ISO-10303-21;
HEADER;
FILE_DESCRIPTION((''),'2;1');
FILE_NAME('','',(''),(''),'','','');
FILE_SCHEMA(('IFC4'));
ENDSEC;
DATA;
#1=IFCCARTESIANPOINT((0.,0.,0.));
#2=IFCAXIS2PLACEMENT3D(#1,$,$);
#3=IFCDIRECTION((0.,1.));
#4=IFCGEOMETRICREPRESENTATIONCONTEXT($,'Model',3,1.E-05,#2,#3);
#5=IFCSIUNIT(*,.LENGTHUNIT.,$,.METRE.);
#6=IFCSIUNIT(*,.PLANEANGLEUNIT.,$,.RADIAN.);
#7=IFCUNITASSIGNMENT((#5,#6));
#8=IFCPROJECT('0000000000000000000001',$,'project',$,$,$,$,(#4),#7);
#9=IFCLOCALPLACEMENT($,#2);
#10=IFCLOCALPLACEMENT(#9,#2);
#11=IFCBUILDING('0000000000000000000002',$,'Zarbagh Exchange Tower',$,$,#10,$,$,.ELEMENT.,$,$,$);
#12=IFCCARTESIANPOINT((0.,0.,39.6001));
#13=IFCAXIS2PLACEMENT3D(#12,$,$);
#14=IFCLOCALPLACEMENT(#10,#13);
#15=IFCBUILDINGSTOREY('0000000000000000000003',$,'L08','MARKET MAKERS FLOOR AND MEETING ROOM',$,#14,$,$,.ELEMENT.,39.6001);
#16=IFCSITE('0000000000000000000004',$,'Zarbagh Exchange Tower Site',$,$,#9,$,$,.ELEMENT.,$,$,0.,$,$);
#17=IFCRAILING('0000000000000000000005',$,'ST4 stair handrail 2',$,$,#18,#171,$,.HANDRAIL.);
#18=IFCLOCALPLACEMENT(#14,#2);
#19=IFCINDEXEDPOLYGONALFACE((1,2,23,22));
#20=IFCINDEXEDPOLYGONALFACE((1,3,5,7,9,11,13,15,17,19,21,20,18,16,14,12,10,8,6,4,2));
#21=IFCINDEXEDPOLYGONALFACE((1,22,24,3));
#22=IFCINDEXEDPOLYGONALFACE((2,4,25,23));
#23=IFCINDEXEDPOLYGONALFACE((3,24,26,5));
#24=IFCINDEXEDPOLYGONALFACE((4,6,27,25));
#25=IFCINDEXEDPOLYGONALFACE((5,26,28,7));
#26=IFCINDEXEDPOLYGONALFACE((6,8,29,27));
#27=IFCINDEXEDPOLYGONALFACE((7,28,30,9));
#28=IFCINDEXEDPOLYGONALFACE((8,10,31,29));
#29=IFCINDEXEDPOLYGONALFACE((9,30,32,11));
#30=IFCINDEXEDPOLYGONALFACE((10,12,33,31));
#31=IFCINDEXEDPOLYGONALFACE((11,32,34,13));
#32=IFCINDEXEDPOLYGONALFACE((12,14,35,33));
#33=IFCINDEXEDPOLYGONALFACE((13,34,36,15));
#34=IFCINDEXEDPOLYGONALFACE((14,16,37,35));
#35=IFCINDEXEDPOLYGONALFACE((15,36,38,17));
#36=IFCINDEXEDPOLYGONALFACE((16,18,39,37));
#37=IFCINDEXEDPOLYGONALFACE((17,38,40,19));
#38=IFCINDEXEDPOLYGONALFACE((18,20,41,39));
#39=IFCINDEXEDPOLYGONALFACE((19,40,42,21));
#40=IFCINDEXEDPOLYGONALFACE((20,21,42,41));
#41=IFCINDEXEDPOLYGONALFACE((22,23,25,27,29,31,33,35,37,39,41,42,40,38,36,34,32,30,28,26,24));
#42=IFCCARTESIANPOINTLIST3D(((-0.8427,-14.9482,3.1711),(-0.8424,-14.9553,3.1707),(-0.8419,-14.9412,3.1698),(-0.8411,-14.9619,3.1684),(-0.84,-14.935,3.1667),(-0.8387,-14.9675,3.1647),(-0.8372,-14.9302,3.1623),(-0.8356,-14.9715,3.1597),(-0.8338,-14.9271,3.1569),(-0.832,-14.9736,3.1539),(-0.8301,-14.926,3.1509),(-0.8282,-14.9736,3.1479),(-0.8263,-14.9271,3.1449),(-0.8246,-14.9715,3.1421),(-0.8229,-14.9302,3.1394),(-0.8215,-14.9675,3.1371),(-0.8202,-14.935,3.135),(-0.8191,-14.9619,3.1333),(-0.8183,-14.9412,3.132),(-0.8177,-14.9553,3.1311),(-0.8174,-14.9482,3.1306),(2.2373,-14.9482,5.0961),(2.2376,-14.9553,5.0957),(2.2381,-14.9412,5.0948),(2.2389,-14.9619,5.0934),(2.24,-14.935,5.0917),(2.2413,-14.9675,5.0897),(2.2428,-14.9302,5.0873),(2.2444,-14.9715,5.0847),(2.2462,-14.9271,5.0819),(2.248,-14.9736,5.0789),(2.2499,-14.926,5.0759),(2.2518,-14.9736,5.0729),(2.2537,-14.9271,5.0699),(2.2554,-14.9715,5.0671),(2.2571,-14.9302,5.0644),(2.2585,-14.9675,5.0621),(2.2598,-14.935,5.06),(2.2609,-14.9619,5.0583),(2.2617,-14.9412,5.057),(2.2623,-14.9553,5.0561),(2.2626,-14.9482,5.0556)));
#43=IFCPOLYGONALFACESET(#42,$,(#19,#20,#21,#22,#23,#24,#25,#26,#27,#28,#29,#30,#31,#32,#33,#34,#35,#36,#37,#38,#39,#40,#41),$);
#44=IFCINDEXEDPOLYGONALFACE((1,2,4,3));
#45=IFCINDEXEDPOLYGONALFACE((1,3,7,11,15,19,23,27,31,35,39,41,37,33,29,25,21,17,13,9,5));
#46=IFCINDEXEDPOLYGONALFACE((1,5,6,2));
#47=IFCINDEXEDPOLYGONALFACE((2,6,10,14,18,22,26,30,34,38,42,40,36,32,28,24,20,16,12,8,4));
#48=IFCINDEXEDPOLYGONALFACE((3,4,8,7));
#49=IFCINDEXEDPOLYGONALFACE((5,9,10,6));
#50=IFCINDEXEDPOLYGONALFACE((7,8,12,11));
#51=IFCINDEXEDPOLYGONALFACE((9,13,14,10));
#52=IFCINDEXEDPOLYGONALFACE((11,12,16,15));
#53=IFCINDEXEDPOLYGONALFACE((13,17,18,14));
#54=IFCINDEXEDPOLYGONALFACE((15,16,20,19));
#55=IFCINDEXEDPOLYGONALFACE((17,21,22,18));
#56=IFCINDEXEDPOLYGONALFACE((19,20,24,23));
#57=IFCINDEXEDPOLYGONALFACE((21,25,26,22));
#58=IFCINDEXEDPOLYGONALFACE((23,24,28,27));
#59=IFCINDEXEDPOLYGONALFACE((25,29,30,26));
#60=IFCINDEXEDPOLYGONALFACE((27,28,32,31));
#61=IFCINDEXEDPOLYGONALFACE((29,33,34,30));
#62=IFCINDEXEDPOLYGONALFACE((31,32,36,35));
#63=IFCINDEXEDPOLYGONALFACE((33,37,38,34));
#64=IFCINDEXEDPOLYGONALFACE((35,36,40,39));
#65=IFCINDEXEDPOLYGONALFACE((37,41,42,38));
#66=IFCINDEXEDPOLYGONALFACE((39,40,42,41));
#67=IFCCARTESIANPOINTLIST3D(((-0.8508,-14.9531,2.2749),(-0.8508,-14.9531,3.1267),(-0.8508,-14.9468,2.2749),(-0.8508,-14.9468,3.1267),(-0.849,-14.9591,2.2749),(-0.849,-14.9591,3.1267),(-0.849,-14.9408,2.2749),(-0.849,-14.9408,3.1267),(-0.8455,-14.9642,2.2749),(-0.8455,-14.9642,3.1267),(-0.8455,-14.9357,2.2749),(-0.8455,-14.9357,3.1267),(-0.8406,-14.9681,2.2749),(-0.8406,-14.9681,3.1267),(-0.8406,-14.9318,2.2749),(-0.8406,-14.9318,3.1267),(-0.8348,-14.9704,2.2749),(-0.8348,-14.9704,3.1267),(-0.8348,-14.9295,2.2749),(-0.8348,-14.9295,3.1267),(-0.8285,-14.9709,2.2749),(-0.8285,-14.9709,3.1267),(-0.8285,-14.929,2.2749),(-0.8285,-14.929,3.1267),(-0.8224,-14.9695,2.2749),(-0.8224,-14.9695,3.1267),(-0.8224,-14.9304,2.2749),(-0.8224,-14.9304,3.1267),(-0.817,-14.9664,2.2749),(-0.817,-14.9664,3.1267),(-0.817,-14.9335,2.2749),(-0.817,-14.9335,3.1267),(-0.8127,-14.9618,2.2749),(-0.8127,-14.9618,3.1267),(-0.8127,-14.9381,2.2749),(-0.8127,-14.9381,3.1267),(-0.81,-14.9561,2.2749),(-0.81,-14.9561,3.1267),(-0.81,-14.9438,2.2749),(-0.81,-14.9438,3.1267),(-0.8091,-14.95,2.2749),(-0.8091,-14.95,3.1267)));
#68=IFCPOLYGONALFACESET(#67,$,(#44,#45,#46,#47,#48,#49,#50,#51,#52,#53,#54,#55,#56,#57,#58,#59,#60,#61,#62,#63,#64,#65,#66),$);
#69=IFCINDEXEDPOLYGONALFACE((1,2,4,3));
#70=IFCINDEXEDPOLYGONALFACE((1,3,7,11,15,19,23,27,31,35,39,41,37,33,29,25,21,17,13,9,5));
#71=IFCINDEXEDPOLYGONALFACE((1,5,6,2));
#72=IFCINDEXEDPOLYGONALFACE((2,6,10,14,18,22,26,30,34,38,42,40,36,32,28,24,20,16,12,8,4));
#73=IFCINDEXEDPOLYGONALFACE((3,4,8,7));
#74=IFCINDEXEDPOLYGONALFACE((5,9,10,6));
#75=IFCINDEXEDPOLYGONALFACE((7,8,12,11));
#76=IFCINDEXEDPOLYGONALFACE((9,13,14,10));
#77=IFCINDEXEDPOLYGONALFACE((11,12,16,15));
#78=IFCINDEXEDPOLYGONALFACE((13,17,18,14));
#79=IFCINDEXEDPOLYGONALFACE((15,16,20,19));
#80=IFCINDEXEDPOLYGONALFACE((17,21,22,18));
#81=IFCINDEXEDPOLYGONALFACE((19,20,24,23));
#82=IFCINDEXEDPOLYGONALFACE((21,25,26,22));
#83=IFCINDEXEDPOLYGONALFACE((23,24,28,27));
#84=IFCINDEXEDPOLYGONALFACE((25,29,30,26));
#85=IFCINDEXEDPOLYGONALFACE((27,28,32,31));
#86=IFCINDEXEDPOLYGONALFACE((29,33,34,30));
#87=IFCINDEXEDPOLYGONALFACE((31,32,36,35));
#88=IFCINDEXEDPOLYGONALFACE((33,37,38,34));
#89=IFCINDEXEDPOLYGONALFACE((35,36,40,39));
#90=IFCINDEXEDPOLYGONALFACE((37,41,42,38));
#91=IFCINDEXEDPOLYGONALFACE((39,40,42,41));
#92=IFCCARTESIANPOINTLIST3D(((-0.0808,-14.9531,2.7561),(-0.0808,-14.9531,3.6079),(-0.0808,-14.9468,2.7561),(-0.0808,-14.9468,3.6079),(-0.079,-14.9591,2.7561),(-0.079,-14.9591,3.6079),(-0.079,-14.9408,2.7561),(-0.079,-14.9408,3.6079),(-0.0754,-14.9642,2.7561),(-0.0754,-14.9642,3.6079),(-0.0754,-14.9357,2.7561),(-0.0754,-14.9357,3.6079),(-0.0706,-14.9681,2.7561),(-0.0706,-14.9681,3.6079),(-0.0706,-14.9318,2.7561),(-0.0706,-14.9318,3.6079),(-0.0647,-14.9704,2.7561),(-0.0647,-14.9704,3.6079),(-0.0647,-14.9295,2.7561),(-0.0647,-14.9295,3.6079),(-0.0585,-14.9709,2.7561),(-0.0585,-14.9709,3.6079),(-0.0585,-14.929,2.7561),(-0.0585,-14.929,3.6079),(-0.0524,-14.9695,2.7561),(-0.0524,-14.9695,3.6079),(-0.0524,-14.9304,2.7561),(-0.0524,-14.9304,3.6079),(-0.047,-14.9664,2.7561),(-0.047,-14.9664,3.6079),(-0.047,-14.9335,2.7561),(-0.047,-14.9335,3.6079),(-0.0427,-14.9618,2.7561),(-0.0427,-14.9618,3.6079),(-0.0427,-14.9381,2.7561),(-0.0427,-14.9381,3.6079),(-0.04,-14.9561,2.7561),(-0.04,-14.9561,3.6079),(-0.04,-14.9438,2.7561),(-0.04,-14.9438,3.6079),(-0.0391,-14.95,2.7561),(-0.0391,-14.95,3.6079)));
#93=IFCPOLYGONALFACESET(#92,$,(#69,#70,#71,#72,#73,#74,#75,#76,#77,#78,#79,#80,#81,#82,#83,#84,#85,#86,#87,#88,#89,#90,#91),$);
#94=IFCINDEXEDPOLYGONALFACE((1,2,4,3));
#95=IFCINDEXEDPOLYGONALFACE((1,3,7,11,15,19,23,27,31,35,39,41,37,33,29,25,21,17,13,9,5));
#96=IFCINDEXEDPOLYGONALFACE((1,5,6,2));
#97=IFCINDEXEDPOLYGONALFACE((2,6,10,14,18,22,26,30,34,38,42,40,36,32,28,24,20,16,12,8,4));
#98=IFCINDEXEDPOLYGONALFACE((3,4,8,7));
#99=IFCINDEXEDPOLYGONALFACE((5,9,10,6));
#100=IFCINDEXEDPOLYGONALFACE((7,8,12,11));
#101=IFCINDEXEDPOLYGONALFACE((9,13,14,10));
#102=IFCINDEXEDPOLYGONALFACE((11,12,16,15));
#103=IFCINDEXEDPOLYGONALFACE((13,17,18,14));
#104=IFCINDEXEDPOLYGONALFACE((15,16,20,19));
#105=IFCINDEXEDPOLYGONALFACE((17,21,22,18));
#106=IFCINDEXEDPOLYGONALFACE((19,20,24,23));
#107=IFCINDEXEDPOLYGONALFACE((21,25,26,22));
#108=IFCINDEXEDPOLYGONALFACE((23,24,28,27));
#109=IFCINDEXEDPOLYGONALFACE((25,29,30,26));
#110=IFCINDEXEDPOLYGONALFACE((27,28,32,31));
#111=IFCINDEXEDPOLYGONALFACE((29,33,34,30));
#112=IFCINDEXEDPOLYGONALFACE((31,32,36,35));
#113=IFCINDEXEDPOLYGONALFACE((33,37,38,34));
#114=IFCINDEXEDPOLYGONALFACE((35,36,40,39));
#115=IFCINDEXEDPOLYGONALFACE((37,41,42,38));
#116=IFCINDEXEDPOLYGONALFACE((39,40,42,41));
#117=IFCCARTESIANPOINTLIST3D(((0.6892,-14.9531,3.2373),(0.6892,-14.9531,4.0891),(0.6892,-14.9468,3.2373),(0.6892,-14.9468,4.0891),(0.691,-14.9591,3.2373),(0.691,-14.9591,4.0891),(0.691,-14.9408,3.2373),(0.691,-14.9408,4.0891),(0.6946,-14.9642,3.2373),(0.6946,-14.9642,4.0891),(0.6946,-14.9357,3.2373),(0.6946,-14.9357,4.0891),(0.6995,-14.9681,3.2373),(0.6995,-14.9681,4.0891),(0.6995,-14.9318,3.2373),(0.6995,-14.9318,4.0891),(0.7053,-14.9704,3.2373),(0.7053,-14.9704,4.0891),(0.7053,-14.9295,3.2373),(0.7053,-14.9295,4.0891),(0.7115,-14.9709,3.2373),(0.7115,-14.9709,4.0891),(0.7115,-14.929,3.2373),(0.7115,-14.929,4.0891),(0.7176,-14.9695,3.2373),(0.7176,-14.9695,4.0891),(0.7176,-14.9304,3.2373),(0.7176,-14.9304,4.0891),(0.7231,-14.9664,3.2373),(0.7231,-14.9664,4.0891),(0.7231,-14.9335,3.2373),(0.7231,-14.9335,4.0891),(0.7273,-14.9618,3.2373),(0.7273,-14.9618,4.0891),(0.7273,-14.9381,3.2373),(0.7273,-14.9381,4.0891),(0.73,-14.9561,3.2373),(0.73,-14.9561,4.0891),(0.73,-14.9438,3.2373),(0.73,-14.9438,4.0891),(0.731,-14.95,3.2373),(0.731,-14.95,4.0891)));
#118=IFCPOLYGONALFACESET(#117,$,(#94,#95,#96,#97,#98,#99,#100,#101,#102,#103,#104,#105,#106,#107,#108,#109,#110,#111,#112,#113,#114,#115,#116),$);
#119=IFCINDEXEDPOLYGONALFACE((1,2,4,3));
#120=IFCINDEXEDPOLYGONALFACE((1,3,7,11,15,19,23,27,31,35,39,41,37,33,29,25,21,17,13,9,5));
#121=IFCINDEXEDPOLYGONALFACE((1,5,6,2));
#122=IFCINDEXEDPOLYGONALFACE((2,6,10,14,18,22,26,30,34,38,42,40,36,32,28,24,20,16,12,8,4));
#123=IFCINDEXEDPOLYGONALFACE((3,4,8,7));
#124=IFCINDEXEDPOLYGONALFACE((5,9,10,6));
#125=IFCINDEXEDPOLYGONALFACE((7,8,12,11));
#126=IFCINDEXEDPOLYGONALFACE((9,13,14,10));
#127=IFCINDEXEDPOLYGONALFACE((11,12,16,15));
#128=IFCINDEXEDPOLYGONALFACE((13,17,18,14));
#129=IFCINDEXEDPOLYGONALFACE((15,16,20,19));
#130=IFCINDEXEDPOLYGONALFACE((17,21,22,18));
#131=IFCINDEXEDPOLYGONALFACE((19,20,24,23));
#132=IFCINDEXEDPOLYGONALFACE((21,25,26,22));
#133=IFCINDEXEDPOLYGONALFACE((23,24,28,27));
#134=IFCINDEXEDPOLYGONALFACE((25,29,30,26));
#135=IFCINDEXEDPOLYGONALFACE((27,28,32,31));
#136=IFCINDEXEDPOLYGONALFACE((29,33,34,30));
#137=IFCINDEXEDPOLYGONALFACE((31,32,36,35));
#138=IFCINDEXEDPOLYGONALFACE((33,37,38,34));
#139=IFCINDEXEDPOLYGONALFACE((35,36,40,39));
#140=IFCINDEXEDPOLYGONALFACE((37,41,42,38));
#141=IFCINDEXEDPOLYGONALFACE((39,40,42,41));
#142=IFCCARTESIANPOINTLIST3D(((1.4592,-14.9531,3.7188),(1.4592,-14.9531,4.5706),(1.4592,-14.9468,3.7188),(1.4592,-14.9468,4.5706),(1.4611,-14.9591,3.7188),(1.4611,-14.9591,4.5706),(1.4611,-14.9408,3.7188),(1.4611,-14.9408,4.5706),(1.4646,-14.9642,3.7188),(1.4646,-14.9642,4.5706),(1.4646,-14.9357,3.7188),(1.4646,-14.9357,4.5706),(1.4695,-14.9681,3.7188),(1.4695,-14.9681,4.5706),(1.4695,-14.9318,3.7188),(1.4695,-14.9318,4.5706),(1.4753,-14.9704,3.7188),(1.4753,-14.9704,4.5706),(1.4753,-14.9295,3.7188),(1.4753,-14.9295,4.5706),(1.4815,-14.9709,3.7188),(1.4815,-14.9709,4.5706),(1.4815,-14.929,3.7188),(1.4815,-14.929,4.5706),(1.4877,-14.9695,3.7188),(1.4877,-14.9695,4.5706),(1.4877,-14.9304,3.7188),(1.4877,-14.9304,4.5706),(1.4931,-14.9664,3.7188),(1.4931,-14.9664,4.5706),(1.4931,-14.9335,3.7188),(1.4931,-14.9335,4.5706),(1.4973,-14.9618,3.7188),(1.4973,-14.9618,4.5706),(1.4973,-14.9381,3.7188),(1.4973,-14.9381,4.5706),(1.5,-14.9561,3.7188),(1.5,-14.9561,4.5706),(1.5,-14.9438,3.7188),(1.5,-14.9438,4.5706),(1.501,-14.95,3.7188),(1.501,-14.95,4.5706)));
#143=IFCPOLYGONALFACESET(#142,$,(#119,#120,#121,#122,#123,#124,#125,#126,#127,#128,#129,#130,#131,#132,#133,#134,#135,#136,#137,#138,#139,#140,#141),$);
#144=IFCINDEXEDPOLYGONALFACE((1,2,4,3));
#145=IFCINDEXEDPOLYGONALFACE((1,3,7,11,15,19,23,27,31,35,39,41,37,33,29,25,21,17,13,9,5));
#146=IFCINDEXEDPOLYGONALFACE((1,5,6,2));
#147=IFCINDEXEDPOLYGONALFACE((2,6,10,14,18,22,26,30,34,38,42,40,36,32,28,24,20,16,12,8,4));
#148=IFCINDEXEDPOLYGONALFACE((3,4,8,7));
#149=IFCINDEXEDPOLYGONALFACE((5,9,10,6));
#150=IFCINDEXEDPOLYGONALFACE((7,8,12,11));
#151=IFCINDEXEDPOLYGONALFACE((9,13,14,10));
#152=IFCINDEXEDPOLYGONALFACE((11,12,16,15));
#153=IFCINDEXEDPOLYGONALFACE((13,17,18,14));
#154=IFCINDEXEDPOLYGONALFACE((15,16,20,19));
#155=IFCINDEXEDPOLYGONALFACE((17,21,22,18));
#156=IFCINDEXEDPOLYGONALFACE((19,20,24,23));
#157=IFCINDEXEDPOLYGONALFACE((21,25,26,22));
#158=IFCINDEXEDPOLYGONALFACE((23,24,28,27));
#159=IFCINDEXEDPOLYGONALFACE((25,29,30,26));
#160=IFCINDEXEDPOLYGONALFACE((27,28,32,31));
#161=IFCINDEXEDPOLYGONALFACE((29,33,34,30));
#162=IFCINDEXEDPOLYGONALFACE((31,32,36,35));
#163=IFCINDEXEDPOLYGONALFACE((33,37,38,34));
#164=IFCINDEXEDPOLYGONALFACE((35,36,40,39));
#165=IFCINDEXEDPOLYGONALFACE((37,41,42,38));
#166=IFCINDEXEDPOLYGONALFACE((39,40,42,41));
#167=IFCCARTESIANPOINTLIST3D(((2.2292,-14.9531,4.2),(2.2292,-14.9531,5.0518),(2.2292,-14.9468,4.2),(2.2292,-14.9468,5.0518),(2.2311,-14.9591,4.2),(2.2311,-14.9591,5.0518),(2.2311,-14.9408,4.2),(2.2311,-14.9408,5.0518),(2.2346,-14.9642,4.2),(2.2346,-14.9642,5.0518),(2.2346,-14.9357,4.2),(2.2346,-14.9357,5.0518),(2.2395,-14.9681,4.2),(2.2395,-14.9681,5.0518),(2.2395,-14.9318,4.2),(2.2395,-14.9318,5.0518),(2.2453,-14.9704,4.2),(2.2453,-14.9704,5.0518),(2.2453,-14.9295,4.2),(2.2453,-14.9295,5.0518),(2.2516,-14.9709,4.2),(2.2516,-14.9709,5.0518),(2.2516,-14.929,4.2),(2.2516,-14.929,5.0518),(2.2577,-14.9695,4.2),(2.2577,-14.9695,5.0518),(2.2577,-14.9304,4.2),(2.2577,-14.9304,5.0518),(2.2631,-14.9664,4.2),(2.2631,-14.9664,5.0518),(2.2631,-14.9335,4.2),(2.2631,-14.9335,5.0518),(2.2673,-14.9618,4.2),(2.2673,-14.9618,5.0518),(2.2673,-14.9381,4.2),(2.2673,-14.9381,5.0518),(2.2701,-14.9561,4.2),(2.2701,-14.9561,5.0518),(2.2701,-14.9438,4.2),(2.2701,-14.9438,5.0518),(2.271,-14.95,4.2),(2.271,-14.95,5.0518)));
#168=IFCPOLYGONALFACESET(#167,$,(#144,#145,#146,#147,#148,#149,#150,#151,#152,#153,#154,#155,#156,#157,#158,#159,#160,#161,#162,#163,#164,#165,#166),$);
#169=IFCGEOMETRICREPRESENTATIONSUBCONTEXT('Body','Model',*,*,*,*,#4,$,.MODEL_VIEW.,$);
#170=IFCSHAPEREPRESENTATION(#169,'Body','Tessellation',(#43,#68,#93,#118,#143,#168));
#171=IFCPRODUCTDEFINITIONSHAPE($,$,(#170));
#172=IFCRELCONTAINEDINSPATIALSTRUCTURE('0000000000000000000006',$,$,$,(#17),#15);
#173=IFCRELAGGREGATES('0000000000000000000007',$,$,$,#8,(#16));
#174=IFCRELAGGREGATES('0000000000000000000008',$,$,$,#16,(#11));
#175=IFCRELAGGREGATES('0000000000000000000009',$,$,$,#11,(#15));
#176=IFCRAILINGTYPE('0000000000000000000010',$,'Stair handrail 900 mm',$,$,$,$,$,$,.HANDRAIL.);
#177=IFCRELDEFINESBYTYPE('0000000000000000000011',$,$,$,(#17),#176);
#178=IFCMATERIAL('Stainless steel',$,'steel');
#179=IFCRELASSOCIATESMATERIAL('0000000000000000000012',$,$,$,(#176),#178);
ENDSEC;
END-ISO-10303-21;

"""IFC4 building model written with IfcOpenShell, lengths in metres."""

from ifc_helpers import new_model, si_unit, direction, frame, origin, origin_2d, place, context, subcontext, project, spatial, circle, extrude, material, type_object, element, save


model = new_model("IFC4")

# Units and contexts
model_context = context("Model", 3, precision=1e-05, world=origin(), true_north=direction((0.0, 1.0)))
body_context = subcontext(model_context, "Body", "Model", "MODEL_VIEW")
ifc_project = project(units=[si_unit("LENGTHUNIT", "METRE"), si_unit("PLANEANGLEUNIT", "RADIAN")], contexts=[model_context])

# Site, building, storey
site_placement = place(None, origin())
site = spatial("IfcSite", under=ifc_project, at=site_placement, Name="Zarbagh Exchange Tower Site", CompositionType="ELEMENT", RefElevation=0.0)
building_placement = place(site_placement, origin())
building = spatial("IfcBuilding", under=site, at=building_placement, Name="Zarbagh Exchange Tower", CompositionType="ELEMENT")
storey_placement = place(building_placement, frame((0.0, 0.0, 39.6001)))
storey = spatial("IfcBuildingStorey", under=building, at=storey_placement, Name="L08", Description="MARKET MAKERS FLOOR AND MEETING ROOM", CompositionType="ELEMENT", Elevation=39.6001)

# Shared definitions
ifc_material_1 = material(Name="Stainless steel", Category="steel")

# Railing
railing_type_1 = type_object("IfcRailingType", Name="Stair handrail 900 mm", PredefinedType="HANDRAIL", material=ifc_material_1)
for number, where, name in (
    (1, (-0.8301, -14.95, 2.2749), "ST4 stair handrail 2"),
):
    element("IfcRailing", number, at=place(storey_placement, frame(where)), inside=storey, type_object=railing_type_1, Name=name, PredefinedType="HANDRAIL", context=body_context, shape_type="SweptSolid", body=[
        extrude(circle(Radius=0.0239, at=origin_2d()), frame((0.0, 0.0, 0.876), z_axis=(0.847998, 0.0, 0.529999), x_axis=(0.0, 1.0, 0.0)), (0.0, 0.0, 1.0), 3.6321),
        extrude(circle(Radius=0.021, at=origin_2d()), origin(), (0.0, 0.0, 1.0), 0.8518),
        extrude(circle(Radius=0.021, at=origin_2d()), frame((0.77, 0.0, 0.4812)), (0.0, 0.0, 1.0), 0.8518),
        extrude(circle(Radius=0.021, at=origin_2d()), frame((1.54, 0.0, 0.9624)), (0.0, 0.0, 1.0), 0.8518),
        extrude(circle(Radius=0.021, at=origin_2d()), frame((2.3101, 0.0, 1.4438)), (0.0, 0.0, 1.0), 0.8518),
        extrude(circle(Radius=0.021, at=origin_2d()), frame((3.0801, 0.0, 1.925)), (0.0, 0.0, 1.0), 0.8518),
    ])

save(model, "model.ifc")
